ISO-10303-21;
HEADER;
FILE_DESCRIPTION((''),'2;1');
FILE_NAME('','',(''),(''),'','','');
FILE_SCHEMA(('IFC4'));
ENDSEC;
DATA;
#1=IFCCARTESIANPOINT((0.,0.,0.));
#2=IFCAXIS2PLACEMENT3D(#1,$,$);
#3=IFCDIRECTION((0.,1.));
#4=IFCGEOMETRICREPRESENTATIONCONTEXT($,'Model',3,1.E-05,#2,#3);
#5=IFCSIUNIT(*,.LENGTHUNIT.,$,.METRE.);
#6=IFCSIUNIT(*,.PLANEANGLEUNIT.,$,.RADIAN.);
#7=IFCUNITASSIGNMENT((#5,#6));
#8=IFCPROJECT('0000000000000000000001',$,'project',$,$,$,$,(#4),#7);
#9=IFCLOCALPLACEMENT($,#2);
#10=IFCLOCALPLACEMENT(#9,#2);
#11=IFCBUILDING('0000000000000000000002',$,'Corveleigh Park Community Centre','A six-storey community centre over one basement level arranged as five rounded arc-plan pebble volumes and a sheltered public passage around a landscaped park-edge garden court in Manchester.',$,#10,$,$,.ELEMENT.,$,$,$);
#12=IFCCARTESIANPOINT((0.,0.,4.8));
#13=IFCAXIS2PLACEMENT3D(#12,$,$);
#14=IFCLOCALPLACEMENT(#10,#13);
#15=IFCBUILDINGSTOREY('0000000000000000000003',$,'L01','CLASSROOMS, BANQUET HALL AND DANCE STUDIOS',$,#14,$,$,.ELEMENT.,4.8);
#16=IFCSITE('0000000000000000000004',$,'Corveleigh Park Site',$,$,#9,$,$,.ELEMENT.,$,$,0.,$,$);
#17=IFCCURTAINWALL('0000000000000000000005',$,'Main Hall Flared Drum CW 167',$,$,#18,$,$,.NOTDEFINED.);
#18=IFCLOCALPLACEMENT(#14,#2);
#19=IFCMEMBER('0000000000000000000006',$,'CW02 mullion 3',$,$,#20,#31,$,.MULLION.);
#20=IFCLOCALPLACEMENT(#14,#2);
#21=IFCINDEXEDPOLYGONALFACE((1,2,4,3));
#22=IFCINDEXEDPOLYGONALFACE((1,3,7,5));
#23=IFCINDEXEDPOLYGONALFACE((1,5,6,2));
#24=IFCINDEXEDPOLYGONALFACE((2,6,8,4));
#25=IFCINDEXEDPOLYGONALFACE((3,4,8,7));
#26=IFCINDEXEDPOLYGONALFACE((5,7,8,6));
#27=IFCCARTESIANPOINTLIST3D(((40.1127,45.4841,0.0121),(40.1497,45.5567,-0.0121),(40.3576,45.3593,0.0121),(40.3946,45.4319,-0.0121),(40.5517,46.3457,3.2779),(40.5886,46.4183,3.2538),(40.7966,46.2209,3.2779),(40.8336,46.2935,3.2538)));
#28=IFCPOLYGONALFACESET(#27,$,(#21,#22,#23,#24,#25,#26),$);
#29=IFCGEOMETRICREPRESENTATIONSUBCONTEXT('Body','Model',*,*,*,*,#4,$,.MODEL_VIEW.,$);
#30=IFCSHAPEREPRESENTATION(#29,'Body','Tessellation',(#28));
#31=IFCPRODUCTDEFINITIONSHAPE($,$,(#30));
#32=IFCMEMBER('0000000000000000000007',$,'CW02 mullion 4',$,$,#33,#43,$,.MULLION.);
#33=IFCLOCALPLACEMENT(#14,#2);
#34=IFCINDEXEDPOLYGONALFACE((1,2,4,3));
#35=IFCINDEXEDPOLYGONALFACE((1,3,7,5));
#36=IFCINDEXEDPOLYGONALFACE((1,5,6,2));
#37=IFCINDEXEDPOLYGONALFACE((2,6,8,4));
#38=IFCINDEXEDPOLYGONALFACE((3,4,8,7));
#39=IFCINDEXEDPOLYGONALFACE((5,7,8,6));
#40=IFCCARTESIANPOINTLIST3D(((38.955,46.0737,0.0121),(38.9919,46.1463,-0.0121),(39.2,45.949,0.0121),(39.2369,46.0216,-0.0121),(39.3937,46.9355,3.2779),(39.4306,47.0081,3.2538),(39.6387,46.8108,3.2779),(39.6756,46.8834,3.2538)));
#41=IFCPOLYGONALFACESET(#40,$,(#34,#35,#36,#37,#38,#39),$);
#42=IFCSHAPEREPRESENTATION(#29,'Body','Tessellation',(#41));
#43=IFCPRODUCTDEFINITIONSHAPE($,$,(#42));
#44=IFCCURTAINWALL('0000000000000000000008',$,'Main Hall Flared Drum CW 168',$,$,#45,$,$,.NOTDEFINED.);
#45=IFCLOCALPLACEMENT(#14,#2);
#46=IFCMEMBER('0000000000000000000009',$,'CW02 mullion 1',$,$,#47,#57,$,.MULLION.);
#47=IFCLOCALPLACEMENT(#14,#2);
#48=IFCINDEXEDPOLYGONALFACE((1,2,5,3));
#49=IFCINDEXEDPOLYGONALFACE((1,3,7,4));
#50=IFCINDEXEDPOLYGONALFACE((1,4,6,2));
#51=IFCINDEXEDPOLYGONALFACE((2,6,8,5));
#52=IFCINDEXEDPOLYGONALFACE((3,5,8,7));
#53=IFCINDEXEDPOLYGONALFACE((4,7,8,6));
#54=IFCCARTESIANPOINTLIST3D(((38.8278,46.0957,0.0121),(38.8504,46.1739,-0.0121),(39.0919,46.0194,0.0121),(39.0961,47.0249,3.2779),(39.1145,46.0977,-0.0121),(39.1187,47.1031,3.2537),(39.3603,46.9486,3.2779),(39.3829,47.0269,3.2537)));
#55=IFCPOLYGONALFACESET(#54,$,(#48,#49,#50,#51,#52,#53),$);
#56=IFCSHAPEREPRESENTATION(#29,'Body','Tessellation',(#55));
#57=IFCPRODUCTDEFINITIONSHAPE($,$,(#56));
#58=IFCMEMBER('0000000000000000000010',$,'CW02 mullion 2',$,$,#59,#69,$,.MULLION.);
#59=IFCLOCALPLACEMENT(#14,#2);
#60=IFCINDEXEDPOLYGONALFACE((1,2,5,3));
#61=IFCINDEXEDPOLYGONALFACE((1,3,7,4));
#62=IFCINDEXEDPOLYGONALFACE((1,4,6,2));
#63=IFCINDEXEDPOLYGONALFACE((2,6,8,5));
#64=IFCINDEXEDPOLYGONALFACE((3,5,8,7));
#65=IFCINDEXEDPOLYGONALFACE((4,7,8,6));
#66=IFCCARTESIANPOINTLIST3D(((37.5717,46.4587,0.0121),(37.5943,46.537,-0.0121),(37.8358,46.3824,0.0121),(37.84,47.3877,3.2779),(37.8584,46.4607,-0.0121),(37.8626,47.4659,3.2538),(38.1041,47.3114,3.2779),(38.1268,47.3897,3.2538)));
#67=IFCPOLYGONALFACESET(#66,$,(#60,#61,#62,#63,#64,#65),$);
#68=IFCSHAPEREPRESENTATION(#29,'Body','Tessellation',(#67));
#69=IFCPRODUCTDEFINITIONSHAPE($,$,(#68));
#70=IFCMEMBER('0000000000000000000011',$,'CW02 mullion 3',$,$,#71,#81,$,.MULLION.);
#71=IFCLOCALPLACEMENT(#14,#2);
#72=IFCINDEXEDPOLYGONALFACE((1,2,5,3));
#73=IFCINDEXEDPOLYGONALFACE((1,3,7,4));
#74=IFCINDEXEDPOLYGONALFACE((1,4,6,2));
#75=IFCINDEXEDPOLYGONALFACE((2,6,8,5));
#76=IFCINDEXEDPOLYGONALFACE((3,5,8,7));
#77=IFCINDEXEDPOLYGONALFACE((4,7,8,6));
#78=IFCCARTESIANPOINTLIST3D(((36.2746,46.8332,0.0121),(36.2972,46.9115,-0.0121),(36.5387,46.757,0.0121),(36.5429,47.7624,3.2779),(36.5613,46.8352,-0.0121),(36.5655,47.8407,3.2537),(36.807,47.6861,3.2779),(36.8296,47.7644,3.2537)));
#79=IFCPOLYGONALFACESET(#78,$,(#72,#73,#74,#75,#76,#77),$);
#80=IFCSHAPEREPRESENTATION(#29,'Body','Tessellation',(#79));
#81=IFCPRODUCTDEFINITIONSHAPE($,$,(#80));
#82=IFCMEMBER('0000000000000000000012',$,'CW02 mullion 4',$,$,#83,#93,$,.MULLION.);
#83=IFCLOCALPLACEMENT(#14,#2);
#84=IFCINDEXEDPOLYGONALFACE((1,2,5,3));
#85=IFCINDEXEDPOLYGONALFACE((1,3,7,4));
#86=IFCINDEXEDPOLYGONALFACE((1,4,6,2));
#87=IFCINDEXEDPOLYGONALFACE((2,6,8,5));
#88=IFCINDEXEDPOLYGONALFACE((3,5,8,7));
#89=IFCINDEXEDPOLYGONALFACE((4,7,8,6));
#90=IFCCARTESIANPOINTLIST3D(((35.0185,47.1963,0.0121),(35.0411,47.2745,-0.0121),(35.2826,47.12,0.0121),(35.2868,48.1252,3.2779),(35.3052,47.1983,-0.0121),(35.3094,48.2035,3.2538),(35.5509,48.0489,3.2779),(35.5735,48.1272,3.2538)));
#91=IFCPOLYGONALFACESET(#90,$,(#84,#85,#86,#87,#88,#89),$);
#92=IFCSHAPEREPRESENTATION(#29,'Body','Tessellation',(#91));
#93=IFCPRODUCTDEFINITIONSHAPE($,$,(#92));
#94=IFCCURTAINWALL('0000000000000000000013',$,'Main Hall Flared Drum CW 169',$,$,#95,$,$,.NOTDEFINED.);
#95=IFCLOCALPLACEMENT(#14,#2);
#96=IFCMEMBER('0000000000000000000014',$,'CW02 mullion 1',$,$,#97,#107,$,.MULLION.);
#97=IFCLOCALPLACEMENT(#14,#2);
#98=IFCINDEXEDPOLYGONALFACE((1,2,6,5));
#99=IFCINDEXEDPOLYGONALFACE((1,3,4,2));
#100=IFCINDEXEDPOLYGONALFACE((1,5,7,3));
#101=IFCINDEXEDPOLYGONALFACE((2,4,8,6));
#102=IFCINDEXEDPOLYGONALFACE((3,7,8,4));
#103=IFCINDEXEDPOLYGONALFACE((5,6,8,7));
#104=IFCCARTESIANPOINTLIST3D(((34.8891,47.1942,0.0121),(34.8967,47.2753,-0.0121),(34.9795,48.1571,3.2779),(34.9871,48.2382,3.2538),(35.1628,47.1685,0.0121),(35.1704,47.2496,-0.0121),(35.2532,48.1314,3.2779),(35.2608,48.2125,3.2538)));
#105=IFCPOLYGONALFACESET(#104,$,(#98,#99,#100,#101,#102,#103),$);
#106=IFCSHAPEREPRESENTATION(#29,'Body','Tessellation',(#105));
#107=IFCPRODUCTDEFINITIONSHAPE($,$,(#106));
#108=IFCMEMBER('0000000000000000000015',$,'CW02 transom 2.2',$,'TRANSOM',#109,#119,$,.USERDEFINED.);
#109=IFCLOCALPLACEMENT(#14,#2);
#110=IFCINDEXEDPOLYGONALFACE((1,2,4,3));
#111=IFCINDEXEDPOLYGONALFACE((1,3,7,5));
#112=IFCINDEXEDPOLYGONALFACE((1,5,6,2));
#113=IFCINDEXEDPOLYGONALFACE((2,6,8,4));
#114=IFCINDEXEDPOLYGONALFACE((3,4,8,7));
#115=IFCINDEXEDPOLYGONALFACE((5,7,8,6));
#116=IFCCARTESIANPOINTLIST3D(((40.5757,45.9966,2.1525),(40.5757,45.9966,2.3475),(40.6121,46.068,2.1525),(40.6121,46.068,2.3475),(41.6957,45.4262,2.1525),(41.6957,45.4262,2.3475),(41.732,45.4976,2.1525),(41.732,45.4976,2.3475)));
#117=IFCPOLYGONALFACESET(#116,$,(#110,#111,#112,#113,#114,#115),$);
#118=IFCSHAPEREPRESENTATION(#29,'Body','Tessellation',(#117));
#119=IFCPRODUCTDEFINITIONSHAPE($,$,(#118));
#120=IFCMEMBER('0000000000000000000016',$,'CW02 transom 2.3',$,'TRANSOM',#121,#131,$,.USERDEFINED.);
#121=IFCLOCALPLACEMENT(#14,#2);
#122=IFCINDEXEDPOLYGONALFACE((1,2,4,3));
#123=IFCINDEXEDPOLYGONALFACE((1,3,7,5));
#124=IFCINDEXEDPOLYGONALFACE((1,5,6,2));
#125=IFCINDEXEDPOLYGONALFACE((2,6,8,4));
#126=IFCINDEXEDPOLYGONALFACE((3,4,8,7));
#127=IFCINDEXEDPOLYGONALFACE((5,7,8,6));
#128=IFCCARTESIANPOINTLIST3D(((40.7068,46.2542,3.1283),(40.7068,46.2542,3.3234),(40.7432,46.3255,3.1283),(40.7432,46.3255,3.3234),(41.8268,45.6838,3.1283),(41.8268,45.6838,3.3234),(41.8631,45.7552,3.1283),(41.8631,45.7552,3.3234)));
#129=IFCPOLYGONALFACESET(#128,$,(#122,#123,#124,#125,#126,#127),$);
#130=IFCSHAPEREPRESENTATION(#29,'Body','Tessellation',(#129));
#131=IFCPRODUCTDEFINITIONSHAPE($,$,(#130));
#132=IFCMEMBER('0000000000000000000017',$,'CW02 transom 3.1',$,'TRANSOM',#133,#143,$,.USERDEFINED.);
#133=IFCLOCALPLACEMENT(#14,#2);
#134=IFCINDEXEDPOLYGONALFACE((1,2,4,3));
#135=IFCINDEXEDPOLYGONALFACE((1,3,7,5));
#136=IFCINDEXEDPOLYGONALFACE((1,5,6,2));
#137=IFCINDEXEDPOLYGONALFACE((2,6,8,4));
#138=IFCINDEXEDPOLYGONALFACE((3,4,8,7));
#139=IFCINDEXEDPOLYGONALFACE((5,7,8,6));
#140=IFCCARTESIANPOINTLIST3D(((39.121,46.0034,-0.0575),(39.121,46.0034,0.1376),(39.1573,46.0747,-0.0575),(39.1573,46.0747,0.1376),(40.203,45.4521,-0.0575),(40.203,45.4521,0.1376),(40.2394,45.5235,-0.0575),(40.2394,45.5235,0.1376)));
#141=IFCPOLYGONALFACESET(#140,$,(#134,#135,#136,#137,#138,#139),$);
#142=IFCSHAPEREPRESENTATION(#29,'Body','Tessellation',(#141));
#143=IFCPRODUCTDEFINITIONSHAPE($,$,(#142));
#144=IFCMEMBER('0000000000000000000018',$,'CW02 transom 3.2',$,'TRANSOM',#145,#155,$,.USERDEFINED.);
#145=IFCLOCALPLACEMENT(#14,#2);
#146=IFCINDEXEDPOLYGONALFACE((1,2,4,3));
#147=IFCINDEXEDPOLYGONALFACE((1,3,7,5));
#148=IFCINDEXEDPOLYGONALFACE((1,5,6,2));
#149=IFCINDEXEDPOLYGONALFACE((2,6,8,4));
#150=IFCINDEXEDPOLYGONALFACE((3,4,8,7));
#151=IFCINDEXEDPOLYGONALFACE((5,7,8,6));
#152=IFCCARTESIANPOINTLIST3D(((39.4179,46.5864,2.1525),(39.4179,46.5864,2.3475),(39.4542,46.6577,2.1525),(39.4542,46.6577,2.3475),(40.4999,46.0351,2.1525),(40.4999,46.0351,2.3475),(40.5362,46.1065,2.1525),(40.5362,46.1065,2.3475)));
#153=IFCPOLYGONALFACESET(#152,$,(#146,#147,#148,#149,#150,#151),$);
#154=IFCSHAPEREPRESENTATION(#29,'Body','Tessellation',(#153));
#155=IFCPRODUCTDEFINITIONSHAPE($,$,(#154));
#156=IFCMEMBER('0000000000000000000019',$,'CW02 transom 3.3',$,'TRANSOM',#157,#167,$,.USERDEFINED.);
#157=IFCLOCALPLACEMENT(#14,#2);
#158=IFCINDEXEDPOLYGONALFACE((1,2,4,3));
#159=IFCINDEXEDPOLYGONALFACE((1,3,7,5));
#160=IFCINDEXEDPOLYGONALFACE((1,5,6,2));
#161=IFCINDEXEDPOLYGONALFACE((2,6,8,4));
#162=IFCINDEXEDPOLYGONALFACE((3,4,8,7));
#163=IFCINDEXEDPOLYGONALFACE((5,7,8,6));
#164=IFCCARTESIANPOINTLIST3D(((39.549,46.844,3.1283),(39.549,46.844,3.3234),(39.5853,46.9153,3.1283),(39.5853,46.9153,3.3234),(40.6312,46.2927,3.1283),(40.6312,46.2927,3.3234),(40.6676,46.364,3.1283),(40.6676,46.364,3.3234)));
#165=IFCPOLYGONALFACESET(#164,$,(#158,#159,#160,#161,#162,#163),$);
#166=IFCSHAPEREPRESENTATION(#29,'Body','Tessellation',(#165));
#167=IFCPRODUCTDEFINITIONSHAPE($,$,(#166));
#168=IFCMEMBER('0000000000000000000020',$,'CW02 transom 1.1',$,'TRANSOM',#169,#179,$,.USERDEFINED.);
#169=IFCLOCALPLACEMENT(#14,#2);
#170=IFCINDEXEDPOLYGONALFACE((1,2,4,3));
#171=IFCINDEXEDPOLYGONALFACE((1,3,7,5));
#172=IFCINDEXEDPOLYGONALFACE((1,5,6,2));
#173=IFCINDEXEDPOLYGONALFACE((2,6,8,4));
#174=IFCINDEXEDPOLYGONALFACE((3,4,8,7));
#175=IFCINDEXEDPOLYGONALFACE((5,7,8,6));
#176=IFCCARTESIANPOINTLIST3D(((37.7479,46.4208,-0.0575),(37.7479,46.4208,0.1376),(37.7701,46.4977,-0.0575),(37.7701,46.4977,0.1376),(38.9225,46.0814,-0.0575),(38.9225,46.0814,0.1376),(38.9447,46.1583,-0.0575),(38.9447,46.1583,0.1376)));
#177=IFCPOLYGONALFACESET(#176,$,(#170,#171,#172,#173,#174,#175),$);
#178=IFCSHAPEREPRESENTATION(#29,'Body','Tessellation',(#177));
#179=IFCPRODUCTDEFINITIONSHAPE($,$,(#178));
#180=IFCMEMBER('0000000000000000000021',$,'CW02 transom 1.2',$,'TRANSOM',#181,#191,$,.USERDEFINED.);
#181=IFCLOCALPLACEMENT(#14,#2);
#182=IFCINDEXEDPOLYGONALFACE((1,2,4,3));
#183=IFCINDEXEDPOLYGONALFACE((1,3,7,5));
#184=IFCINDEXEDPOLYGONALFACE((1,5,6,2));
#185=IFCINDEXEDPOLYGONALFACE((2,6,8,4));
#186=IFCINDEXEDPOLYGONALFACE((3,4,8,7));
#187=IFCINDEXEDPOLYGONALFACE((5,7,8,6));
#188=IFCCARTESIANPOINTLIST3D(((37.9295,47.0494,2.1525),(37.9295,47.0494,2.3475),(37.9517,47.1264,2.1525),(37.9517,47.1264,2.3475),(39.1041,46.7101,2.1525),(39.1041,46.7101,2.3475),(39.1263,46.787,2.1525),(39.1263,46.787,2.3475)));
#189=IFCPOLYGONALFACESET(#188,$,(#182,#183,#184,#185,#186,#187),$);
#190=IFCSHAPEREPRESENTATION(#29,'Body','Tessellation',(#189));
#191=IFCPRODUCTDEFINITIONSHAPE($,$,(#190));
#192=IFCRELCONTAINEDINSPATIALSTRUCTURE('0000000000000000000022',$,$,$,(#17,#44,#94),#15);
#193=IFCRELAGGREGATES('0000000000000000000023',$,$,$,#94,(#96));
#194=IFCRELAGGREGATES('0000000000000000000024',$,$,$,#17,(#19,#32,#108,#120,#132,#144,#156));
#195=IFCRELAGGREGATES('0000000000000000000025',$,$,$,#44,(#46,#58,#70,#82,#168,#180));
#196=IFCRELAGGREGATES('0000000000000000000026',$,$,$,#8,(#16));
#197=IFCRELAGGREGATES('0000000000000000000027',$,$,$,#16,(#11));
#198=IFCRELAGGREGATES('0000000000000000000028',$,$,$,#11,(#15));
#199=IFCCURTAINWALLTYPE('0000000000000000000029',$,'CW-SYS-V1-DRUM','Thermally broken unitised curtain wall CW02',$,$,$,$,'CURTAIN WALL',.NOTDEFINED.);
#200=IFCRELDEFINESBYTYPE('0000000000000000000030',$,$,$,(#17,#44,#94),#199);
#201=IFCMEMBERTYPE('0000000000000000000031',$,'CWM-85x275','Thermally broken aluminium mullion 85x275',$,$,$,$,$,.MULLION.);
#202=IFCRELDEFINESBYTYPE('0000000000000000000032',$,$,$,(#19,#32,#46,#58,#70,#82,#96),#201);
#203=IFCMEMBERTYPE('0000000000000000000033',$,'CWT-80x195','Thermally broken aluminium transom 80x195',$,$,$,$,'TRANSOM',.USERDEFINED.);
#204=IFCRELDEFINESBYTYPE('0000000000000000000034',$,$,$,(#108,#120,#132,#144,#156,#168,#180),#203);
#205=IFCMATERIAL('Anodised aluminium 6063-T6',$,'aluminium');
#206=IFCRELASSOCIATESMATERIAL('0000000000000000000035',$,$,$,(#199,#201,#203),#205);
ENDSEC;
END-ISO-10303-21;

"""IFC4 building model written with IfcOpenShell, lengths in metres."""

from ifc_helpers import new_model, si_unit, direction, frame, origin, origin_2d, place, context, subcontext, project, spatial, rectangle, extrude, material, material_profile, profile_set, type_object, element, aggregate, save


model = new_model("IFC4")

# Units and contexts
model_context = context("Model", 3, precision=1e-05, world=origin(), true_north=direction((0.0, 1.0)))
body_context = subcontext(model_context, "Body", "Model", "MODEL_VIEW")
ifc_project = project(units=[si_unit("LENGTHUNIT", "METRE"), si_unit("PLANEANGLEUNIT", "RADIAN")], contexts=[model_context])

# Site, building, storey
site_placement = place(None, origin())
site = spatial("IfcSite", under=ifc_project, at=site_placement, Name="Corveleigh Park Site", CompositionType="ELEMENT", RefElevation=0.0)
building_placement = place(site_placement, origin())
building = spatial("IfcBuilding", under=site, at=building_placement, Name="Corveleigh Park Community Centre", Description="A six-storey community centre over one basement level arranged as five rounded arc-plan pebble volumes and a sheltered public passage around a landscaped park-edge garden court in Manchester.", CompositionType="ELEMENT")
storey_placement = place(building_placement, frame((0.0, 0.0, 4.8)))
storey = spatial("IfcBuildingStorey", under=building, at=storey_placement, Name="L01", Description="CLASSROOMS, BANQUET HALL AND DANCE STUDIOS", CompositionType="ELEMENT", Elevation=4.8)

# Curtain walls, members
ifc_material_1 = material(Name="Anodised aluminium 6063-T6", Category="aluminium")
curtain_wall_type = type_object("IfcCurtainWallType", Name="CW-SYS-V1-DRUM", Description="Thermally broken unitised curtain wall CW02", ElementType="CURTAIN WALL", PredefinedType="NOTDEFINED", material=ifc_material_1)
curtain_wall_1_placement = place(storey_placement, origin())
curtain_wall_1 = element("IfcCurtainWall", 1, at=curtain_wall_1_placement, inside=storey, type_object=curtain_wall_type, Name="Main Hall Flared Drum CW 167", PredefinedType="NOTDEFINED")
ifc_material_profile_1 = material_profile(ifc_material_1, rectangle(XDim=0.085, YDim=0.2749, at=origin_2d()), Name="ALU-M85x275", Category="aluminium")
ifc_profile_set_1 = profile_set([ifc_material_profile_1], Name="Anodised aluminium 6063-T6")
member_type_1 = type_object("IfcMemberType", Name="CWM-85x275", Description="Thermally broken aluminium mullion 85x275", PredefinedType="MULLION", material=ifc_profile_set_1)
member_1_placement = place(storey_placement, frame((40.2537, 45.458, 0.0), z_axis=(0.12888, 0.252957, 0.958855), x_axis=(-0.435289, -0.854357, 0.283896)))
member_1 = element("IfcMember", 2, at=member_1_placement, type_object=member_type_1, Name="CW02 mullion 3", PredefinedType="MULLION", context=body_context, shape_type="SweptSolid", body=[
    extrude(rectangle(XDim=0.085, YDim=0.2749, at=origin_2d()), origin(), (0.0, 0.0, 1.0), 3.406),
])
member_2_placement = place(storey_placement, frame((39.0959, 46.0476, 0.0), z_axis=(0.128807, 0.253026, 0.958847), x_axis=(-0.434995, -0.854498, 0.283925)))
member_2 = element("IfcMember", 3, at=member_2_placement, type_object=member_type_1, Name="CW02 mullion 4", PredefinedType="MULLION", context=body_context, shape_type="SweptSolid", body=[
    extrude(rectangle(XDim=0.085, YDim=0.2749, at=origin_2d()), origin(), (0.0, 0.0, 1.0), 3.406),
])
curtain_wall_2_placement = place(storey_placement, origin())
curtain_wall_2 = element("IfcCurtainWall", 4, at=curtain_wall_2_placement, inside=storey, type_object=curtain_wall_type, Name="Main Hall Flared Drum CW 168", PredefinedType="NOTDEFINED")
member_3_placement = place(storey_placement, frame((38.9712, 46.0967, 0.0), z_axis=(0.078774, 0.272807, 0.958838), x_axis=(-0.266001, -0.921203, 0.283953)))
member_3 = element("IfcMember", 5, at=member_3_placement, type_object=member_type_1, Name="CW02 mullion 1", PredefinedType="MULLION", context=body_context, shape_type="SweptSolid", body=[
    extrude(rectangle(XDim=0.085, YDim=0.2749, at=origin_2d()), origin(), (0.0, 0.0, 1.0), 3.406),
])
member_4_placement = place(storey_placement, frame((37.7151, 46.4597, 0.0), z_axis=(0.078776, 0.272741, 0.958857), x_axis=(-0.266071, -0.921202, 0.283889)))
member_4 = element("IfcMember", 6, at=member_4_placement, type_object=member_type_1, Name="CW02 mullion 2", PredefinedType="MULLION", context=body_context, shape_type="SweptSolid", body=[
    extrude(rectangle(XDim=0.085, YDim=0.2749, at=origin_2d()), origin(), (0.0, 0.0, 1.0), 3.406),
])
member_5_placement = place(storey_placement, frame((36.418, 46.8342, 0.0), z_axis=(0.078774, 0.272807, 0.958838), x_axis=(-0.266001, -0.921203, 0.283953)))
member_5 = element("IfcMember", 7, at=member_5_placement, type_object=member_type_1, Name="CW02 mullion 3", PredefinedType="MULLION", context=body_context, shape_type="SweptSolid", body=[
    extrude(rectangle(XDim=0.085, YDim=0.2749, at=origin_2d()), origin(), (0.0, 0.0, 1.0), 3.406),
])
member_6_placement = place(storey_placement, frame((35.1619, 47.1973, 0.0), z_axis=(0.078776, 0.272741, 0.958857), x_axis=(-0.266071, -0.921202, 0.283889)))
member_6 = element("IfcMember", 8, at=member_6_placement, type_object=member_type_1, Name="CW02 mullion 4", PredefinedType="MULLION", context=body_context, shape_type="SweptSolid", body=[
    extrude(rectangle(XDim=0.085, YDim=0.2749, at=origin_2d()), origin(), (0.0, 0.0, 1.0), 3.406),
])

# Curtain wall, member
curtain_wall_3_placement = place(storey_placement, origin())
curtain_wall_3 = element("IfcCurtainWall", 9, at=curtain_wall_3_placement, inside=storey, type_object=curtain_wall_type, Name="Main Hall Flared Drum CW 169", PredefinedType="NOTDEFINED")
member_7_placement = place(storey_placement, frame((35.0298, 47.2219, 0.0), z_axis=(0.026521, 0.2827, 0.958842), x_axis=(-0.089559, -0.95465, 0.283941)))
member_7 = element("IfcMember", 10, at=member_7_placement, type_object=member_type_1, Name="CW02 mullion 1", PredefinedType="MULLION", context=body_context, shape_type="SweptSolid", body=[
    extrude(rectangle(XDim=0.085, YDim=0.2749, at=origin_2d()), origin(), (0.0, 0.0, 1.0), 3.406),
])

# Members
ifc_material_profile_2 = material_profile(ifc_material_1, rectangle(XDim=0.0801, YDim=0.1951, at=origin_2d()), Name="ALU-T80x195", Category="aluminium")
ifc_profile_set_2 = profile_set([ifc_material_profile_2], Name="Anodised aluminium 6063-T6")
member_type_2 = type_object("IfcMemberType", Name="CWT-80x195", Description="Thermally broken aluminium transom 80x195", ElementType="TRANSOM", PredefinedType="USERDEFINED", material=ifc_profile_set_2)
member_8_placement = place(storey_placement, frame((41.7139, 45.4619, 2.25), z_axis=(-0.8911, 0.453806, 0.0), x_axis=(-0.453806, -0.8911, 0.0)))
member_8 = element("IfcMember", 11, at=member_8_placement, type_object=member_type_2, Name="CW02 transom 2.2", ObjectType="TRANSOM", PredefinedType="USERDEFINED", context=body_context, shape_type="SweptSolid", body=[
    extrude(rectangle(XDim=0.0801, YDim=0.1951, at=origin_2d()), origin(), (0.0, 0.0, 1.0), 1.2568),
])
member_9_placement = place(storey_placement, frame((41.845, 45.7195, 3.2258), z_axis=(-0.8911, 0.453806, 0.0), x_axis=(-0.453806, -0.8911, 0.0)))
member_9 = element("IfcMember", 12, at=member_9_placement, type_object=member_type_2, Name="CW02 transom 2.3", ObjectType="TRANSOM", PredefinedType="USERDEFINED", context=body_context, shape_type="SweptSolid", body=[
    extrude(rectangle(XDim=0.0801, YDim=0.1951, at=origin_2d()), origin(), (0.0, 0.0, 1.0), 1.2568),
])
member_10_placement = place(storey_placement, frame((40.2212, 45.4878, 0.04), z_axis=(-0.891024, 0.453956, 0.0), x_axis=(-0.453956, -0.891024, 0.0)))
member_10 = element("IfcMember", 13, at=member_10_placement, type_object=member_type_2, Name="CW02 transom 3.1", ObjectType="TRANSOM", PredefinedType="USERDEFINED", context=body_context, shape_type="SweptSolid", body=[
    extrude(rectangle(XDim=0.0801, YDim=0.1951, at=origin_2d()), origin(), (0.0, 0.0, 1.0), 1.2144),
])
member_11_placement = place(storey_placement, frame((40.5181, 46.0708, 2.25), z_axis=(-0.891024, 0.453956, 0.0), x_axis=(-0.453956, -0.891024, 0.0)))
member_11 = element("IfcMember", 14, at=member_11_placement, type_object=member_type_2, Name="CW02 transom 3.2", ObjectType="TRANSOM", PredefinedType="USERDEFINED", context=body_context, shape_type="SweptSolid", body=[
    extrude(rectangle(XDim=0.0801, YDim=0.1951, at=origin_2d()), origin(), (0.0, 0.0, 1.0), 1.2144),
])
member_12_placement = place(storey_placement, frame((40.6494, 46.3284, 3.2258), z_axis=(-0.891066, 0.453875, 0.0), x_axis=(-0.453875, -0.891066, 0.0)))
member_12 = element("IfcMember", 15, at=member_12_placement, type_object=member_type_2, Name="CW02 transom 3.3", ObjectType="TRANSOM", PredefinedType="USERDEFINED", context=body_context, shape_type="SweptSolid", body=[
    extrude(rectangle(XDim=0.0801, YDim=0.1951, at=origin_2d()), origin(), (0.0, 0.0, 1.0), 1.2146),
])
member_13_placement = place(storey_placement, frame((38.9336, 46.1199, 0.04), z_axis=(-0.960706, 0.277568, 0.0), x_axis=(-0.277568, -0.960706, 0.0)))
member_13 = element("IfcMember", 16, at=member_13_placement, type_object=member_type_2, Name="CW02 transom 1.1", ObjectType="TRANSOM", PredefinedType="USERDEFINED", context=body_context, shape_type="SweptSolid", body=[
    extrude(rectangle(XDim=0.0801, YDim=0.1951, at=origin_2d()), origin(), (0.0, 0.0, 1.0), 1.2227),
])
member_14_placement = place(storey_placement, frame((39.1152, 46.7485, 2.25), z_axis=(-0.960706, 0.277568, 0.0), x_axis=(-0.277568, -0.960706, 0.0)))
member_14 = element("IfcMember", 17, at=member_14_placement, type_object=member_type_2, Name="CW02 transom 1.2", ObjectType="TRANSOM", PredefinedType="USERDEFINED", context=body_context, shape_type="SweptSolid", body=[
    extrude(rectangle(XDim=0.0801, YDim=0.1951, at=origin_2d()), origin(), (0.0, 0.0, 1.0), 1.2227),
])
aggregate(curtain_wall_3, [member_7])

aggregate(curtain_wall_1, [member_1, member_2, member_8, member_9, member_10, member_11, member_12])
aggregate(curtain_wall_2, [member_3, member_4, member_5, member_6, member_13, member_14])

save(model, "model.ifc")
